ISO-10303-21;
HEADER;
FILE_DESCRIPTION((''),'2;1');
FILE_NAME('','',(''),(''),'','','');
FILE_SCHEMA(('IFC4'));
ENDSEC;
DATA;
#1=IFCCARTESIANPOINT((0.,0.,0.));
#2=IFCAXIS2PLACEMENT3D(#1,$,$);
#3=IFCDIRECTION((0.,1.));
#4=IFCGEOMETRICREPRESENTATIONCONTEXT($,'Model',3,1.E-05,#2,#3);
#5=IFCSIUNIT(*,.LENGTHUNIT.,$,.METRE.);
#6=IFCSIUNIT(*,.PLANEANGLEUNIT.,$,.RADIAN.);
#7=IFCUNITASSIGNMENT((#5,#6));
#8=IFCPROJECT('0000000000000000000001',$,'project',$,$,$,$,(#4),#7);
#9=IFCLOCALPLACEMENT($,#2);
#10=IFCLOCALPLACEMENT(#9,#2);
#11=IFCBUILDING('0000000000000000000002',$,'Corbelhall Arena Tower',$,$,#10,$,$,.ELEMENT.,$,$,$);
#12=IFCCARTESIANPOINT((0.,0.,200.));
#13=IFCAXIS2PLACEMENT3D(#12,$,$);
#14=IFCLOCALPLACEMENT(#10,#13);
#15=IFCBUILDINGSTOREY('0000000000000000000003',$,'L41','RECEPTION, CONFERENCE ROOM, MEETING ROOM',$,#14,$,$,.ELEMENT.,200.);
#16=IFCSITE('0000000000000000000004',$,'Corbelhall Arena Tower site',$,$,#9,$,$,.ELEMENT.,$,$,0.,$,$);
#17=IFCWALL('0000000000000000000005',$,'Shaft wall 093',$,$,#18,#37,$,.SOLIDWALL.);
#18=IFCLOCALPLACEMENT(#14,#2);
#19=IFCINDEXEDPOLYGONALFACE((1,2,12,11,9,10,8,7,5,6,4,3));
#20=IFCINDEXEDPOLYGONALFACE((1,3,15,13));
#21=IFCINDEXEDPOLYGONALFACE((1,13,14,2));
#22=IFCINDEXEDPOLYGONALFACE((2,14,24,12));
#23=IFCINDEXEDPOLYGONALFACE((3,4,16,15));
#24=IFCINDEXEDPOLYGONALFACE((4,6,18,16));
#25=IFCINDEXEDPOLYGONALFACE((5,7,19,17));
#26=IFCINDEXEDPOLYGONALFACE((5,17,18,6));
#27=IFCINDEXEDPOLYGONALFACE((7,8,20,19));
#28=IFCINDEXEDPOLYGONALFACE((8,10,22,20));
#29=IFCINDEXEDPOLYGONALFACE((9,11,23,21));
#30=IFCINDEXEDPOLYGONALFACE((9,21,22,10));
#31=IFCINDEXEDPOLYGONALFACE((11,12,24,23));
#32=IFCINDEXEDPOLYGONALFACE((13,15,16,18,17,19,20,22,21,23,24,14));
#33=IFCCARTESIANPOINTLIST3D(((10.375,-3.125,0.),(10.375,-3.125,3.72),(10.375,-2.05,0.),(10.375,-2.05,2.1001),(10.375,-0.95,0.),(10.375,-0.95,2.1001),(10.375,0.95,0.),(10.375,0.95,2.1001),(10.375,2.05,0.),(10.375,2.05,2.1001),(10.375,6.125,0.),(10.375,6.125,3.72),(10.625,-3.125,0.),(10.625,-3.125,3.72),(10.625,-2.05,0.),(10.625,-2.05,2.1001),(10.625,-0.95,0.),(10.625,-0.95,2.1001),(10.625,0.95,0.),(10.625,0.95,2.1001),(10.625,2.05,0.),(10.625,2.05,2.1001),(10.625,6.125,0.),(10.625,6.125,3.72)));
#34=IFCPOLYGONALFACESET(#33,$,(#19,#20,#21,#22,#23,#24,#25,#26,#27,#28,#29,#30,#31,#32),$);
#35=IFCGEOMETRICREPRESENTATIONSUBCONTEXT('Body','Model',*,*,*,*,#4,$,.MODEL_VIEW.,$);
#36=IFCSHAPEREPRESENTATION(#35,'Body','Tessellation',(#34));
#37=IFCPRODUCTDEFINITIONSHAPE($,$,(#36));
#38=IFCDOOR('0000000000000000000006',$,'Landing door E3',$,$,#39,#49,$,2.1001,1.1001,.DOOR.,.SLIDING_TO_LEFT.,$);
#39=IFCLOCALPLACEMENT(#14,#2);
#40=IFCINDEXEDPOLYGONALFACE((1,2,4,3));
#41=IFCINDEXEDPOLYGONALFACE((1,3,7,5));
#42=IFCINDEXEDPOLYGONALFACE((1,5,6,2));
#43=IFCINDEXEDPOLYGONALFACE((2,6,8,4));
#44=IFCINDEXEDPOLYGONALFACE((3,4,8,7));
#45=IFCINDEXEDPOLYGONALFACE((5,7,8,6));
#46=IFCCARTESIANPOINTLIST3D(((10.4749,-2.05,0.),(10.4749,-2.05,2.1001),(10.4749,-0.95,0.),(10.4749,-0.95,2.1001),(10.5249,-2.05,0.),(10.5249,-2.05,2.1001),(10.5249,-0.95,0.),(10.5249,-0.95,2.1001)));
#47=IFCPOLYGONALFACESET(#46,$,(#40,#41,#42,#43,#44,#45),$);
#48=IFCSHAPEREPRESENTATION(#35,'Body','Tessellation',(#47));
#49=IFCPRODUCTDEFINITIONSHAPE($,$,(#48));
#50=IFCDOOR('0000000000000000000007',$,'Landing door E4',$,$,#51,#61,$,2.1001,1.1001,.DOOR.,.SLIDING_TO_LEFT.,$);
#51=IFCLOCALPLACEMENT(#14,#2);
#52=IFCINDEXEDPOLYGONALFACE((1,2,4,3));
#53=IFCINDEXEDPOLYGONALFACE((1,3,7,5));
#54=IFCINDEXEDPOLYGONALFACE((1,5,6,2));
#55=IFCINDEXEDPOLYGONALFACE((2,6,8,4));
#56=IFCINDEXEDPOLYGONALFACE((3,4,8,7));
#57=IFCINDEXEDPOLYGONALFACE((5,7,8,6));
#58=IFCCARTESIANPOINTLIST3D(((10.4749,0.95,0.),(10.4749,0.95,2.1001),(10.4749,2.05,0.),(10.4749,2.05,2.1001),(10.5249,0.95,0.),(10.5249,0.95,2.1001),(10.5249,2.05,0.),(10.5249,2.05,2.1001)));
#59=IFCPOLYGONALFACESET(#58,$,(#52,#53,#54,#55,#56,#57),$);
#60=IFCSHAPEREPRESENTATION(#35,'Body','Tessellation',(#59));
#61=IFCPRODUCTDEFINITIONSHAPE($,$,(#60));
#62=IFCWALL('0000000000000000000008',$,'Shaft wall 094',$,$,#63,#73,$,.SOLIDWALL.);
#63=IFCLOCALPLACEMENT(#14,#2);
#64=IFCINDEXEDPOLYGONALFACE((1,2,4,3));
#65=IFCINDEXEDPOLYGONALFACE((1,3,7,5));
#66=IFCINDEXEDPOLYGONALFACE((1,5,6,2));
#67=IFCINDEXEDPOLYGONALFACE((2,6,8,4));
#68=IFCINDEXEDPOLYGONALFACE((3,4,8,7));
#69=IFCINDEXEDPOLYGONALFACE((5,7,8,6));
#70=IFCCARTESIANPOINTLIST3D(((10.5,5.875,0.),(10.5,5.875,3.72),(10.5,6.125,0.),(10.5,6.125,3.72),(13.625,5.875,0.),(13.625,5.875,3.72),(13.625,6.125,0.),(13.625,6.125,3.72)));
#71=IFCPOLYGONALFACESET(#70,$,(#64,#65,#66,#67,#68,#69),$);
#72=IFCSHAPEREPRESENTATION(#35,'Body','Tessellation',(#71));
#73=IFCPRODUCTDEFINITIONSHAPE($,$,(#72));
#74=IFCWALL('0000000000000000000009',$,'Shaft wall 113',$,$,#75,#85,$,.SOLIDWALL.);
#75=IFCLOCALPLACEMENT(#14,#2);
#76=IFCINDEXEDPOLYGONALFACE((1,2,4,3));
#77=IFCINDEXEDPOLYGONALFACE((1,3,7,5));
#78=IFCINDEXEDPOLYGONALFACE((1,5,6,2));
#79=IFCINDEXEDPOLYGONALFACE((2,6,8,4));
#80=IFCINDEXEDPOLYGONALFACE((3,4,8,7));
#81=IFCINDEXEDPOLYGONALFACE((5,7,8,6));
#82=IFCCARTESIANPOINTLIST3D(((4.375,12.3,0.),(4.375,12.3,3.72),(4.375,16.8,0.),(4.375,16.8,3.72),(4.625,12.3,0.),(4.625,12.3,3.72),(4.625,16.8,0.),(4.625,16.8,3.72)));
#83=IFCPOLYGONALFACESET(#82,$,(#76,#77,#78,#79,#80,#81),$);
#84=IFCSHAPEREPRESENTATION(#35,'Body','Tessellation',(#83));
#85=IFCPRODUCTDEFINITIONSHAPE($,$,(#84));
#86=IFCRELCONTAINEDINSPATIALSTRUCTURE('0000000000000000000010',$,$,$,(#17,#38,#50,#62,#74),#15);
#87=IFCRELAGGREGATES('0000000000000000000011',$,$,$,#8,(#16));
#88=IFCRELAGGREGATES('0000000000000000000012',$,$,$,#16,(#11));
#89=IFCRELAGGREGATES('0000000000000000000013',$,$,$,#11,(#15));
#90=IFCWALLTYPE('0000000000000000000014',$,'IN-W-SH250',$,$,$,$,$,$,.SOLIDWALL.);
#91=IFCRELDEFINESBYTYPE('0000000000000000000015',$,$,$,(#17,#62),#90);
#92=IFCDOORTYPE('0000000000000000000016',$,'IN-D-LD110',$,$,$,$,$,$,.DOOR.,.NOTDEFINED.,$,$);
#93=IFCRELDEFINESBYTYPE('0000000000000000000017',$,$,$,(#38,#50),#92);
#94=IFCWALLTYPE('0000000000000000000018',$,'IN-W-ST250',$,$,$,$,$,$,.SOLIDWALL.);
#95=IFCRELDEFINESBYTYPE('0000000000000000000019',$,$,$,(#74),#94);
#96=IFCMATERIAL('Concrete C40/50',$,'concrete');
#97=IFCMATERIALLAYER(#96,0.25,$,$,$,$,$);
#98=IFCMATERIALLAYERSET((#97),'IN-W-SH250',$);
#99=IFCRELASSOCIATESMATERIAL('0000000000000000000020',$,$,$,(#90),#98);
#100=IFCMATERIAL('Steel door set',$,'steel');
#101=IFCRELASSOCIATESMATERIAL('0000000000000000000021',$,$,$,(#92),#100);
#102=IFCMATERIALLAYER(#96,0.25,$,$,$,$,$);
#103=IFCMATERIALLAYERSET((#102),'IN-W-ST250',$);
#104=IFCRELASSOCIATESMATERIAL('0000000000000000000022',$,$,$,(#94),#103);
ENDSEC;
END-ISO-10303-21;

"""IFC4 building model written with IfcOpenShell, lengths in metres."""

from ifc_helpers import new_model, si_unit, direction, frame, frame_2d, origin, place, context, subcontext, project, spatial, rectangle, extrude, material, layer, layer_set, type_object, element, fill, save


model = new_model("IFC4")

# Units and contexts
model_context = context("Model", 3, precision=1e-05, world=origin(), true_north=direction((0.0, 1.0)))
body_context = subcontext(model_context, "Body", "Model", "MODEL_VIEW")
ifc_project = project(units=[si_unit("LENGTHUNIT", "METRE"), si_unit("PLANEANGLEUNIT", "RADIAN")], contexts=[model_context])

# Site, building, storey
site_placement = place(None, origin())
site = spatial("IfcSite", under=ifc_project, at=site_placement, Name="Corbelhall Arena Tower site", CompositionType="ELEMENT", RefElevation=0.0)
building_placement = place(site_placement, origin())
building = spatial("IfcBuilding", under=site, at=building_placement, Name="Corbelhall Arena Tower", CompositionType="ELEMENT")
storey_placement = place(building_placement, frame((0.0, 0.0, 200.0)))
storey = spatial("IfcBuildingStorey", under=building, at=storey_placement, Name="L41", Description="RECEPTION, CONFERENCE ROOM, MEETING ROOM", CompositionType="ELEMENT", Elevation=200.0)

# Shared definitions
ifc_material_1 = material(Name="Steel door set", Category="steel")

# Shared definitions
ifc_material_2 = material(Name="Concrete C40/50", Category="concrete")
ifc_layer_1 = layer(ifc_material_2, 0.25)
ifc_layer_set_1 = layer_set([ifc_layer_1], Name="IN-W-SH250")
wall_type_1 = type_object("IfcWallType", Name="IN-W-SH250", PredefinedType="SOLIDWALL", material=ifc_layer_set_1)

# Wall, openings, doors
wall_1_placement = place(storey_placement, frame((10.5, 6.125, 0.0), z_axis=(0.0, 0.0, 1.0), x_axis=(0.0, -1.0, 0.0)))
wall_1 = element("IfcWall", 1, at=wall_1_placement, inside=storey, type_object=wall_type_1, Name="Shaft wall 093", PredefinedType="SOLIDWALL", context=body_context, shape_type="SweptSolid", body=[
    extrude(rectangle(XDim=9.25, YDim=0.25, at=frame_2d((4.625, 0.0))), origin(), (0.0, 0.0, 1.0), 3.72),
])
opening_1_placement = place(wall_1_placement, frame((7.075, 0.0, 0.0)))
opening_1 = element("IfcOpeningElement", 2, at=opening_1_placement, cuts=wall_1, PredefinedType="OPENING", context=body_context, shape_type="SweptSolid", body=[
    extrude(rectangle(XDim=1.1001, YDim=2.1001, at=frame_2d((0.55, 1.05))), frame((0.0, 0.125, 0.0), z_axis=(0.0, -1.0, 0.0), x_axis=(1.0, 0.0, 0.0)), (0.0, 0.0, 1.0), 0.25),
])
opening_2_placement = place(wall_1_placement, frame((4.075, 0.0, 0.0)))
opening_2 = element("IfcOpeningElement", 3, at=opening_2_placement, cuts=wall_1, PredefinedType="OPENING", context=body_context, shape_type="SweptSolid", body=[
    extrude(rectangle(XDim=1.1001, YDim=2.1001, at=frame_2d((0.55, 1.05))), frame((0.0, 0.125, 0.0), z_axis=(0.0, -1.0, 0.0), x_axis=(1.0, 0.0, 0.0)), (0.0, 0.0, 1.0), 0.25),
])
door_type_1 = type_object("IfcDoorType", Name="IN-D-LD110", OperationType="NOTDEFINED", PredefinedType="DOOR", material=ifc_material_1)
door_1_placement = place(opening_1_placement, origin())
door_1 = element("IfcDoor", 4, at=door_1_placement, inside=storey, type_object=door_type_1, Name="Landing door E3", OperationType="SLIDING_TO_LEFT", OverallHeight=2.1001, OverallWidth=1.1001, PredefinedType="DOOR", context=body_context, shape_type="SweptSolid", body=[
    extrude(rectangle(XDim=1.1001, YDim=2.1001, at=frame_2d((0.55, 1.05))), frame((0.0, 0.0249, 0.0), z_axis=(0.0, -1.0, 0.0), x_axis=(1.0, 0.0, 0.0)), (0.0, 0.0, 1.0), 0.05),
])
fill(opening_1, door_1)
door_2_placement = place(opening_2_placement, origin())
door_2 = element("IfcDoor", 5, at=door_2_placement, inside=storey, type_object=door_type_1, Name="Landing door E4", OperationType="SLIDING_TO_LEFT", OverallHeight=2.1001, OverallWidth=1.1001, PredefinedType="DOOR", context=body_context, shape_type="SweptSolid", body=[
    extrude(rectangle(XDim=1.1001, YDim=2.1001, at=frame_2d((0.55, 1.05))), frame((0.0, 0.0249, 0.0), z_axis=(0.0, -1.0, 0.0), x_axis=(1.0, 0.0, 0.0)), (0.0, 0.0, 1.0), 0.05),
])
fill(opening_2, door_2)

# Walls
wall_2_placement = place(storey_placement, frame((10.5, 6.0, 0.0), z_axis=(0.0, 0.0, 1.0), x_axis=(1.0, 0.0, 0.0)))
element("IfcWall", 6, at=wall_2_placement, inside=storey, type_object=wall_type_1, Name="Shaft wall 094", PredefinedType="SOLIDWALL", context=body_context, shape_type="SweptSolid", body=[
    extrude(rectangle(XDim=3.125, YDim=0.25, at=frame_2d((1.5625, 0.0))), origin(), (0.0, 0.0, 1.0), 3.72),
])
ifc_layer_2 = layer(ifc_material_2, 0.25)
ifc_layer_set_2 = layer_set([ifc_layer_2], Name="IN-W-ST250")
wall_type_2 = type_object("IfcWallType", Name="IN-W-ST250", PredefinedType="SOLIDWALL", material=ifc_layer_set_2)
wall_3_placement = place(storey_placement, frame((4.5, 12.3, 0.0), z_axis=(0.0, 0.0, 1.0), x_axis=(0.0, 1.0, 0.0)))
element("IfcWall", 7, at=wall_3_placement, inside=storey, type_object=wall_type_2, Name="Shaft wall 113", PredefinedType="SOLIDWALL", context=body_context, shape_type="SweptSolid", body=[
    extrude(rectangle(XDim=4.5, YDim=0.25, at=frame_2d((2.25, 0.0))), origin(), (0.0, 0.0, 1.0), 3.72),
])

save(model, "model.ifc")
